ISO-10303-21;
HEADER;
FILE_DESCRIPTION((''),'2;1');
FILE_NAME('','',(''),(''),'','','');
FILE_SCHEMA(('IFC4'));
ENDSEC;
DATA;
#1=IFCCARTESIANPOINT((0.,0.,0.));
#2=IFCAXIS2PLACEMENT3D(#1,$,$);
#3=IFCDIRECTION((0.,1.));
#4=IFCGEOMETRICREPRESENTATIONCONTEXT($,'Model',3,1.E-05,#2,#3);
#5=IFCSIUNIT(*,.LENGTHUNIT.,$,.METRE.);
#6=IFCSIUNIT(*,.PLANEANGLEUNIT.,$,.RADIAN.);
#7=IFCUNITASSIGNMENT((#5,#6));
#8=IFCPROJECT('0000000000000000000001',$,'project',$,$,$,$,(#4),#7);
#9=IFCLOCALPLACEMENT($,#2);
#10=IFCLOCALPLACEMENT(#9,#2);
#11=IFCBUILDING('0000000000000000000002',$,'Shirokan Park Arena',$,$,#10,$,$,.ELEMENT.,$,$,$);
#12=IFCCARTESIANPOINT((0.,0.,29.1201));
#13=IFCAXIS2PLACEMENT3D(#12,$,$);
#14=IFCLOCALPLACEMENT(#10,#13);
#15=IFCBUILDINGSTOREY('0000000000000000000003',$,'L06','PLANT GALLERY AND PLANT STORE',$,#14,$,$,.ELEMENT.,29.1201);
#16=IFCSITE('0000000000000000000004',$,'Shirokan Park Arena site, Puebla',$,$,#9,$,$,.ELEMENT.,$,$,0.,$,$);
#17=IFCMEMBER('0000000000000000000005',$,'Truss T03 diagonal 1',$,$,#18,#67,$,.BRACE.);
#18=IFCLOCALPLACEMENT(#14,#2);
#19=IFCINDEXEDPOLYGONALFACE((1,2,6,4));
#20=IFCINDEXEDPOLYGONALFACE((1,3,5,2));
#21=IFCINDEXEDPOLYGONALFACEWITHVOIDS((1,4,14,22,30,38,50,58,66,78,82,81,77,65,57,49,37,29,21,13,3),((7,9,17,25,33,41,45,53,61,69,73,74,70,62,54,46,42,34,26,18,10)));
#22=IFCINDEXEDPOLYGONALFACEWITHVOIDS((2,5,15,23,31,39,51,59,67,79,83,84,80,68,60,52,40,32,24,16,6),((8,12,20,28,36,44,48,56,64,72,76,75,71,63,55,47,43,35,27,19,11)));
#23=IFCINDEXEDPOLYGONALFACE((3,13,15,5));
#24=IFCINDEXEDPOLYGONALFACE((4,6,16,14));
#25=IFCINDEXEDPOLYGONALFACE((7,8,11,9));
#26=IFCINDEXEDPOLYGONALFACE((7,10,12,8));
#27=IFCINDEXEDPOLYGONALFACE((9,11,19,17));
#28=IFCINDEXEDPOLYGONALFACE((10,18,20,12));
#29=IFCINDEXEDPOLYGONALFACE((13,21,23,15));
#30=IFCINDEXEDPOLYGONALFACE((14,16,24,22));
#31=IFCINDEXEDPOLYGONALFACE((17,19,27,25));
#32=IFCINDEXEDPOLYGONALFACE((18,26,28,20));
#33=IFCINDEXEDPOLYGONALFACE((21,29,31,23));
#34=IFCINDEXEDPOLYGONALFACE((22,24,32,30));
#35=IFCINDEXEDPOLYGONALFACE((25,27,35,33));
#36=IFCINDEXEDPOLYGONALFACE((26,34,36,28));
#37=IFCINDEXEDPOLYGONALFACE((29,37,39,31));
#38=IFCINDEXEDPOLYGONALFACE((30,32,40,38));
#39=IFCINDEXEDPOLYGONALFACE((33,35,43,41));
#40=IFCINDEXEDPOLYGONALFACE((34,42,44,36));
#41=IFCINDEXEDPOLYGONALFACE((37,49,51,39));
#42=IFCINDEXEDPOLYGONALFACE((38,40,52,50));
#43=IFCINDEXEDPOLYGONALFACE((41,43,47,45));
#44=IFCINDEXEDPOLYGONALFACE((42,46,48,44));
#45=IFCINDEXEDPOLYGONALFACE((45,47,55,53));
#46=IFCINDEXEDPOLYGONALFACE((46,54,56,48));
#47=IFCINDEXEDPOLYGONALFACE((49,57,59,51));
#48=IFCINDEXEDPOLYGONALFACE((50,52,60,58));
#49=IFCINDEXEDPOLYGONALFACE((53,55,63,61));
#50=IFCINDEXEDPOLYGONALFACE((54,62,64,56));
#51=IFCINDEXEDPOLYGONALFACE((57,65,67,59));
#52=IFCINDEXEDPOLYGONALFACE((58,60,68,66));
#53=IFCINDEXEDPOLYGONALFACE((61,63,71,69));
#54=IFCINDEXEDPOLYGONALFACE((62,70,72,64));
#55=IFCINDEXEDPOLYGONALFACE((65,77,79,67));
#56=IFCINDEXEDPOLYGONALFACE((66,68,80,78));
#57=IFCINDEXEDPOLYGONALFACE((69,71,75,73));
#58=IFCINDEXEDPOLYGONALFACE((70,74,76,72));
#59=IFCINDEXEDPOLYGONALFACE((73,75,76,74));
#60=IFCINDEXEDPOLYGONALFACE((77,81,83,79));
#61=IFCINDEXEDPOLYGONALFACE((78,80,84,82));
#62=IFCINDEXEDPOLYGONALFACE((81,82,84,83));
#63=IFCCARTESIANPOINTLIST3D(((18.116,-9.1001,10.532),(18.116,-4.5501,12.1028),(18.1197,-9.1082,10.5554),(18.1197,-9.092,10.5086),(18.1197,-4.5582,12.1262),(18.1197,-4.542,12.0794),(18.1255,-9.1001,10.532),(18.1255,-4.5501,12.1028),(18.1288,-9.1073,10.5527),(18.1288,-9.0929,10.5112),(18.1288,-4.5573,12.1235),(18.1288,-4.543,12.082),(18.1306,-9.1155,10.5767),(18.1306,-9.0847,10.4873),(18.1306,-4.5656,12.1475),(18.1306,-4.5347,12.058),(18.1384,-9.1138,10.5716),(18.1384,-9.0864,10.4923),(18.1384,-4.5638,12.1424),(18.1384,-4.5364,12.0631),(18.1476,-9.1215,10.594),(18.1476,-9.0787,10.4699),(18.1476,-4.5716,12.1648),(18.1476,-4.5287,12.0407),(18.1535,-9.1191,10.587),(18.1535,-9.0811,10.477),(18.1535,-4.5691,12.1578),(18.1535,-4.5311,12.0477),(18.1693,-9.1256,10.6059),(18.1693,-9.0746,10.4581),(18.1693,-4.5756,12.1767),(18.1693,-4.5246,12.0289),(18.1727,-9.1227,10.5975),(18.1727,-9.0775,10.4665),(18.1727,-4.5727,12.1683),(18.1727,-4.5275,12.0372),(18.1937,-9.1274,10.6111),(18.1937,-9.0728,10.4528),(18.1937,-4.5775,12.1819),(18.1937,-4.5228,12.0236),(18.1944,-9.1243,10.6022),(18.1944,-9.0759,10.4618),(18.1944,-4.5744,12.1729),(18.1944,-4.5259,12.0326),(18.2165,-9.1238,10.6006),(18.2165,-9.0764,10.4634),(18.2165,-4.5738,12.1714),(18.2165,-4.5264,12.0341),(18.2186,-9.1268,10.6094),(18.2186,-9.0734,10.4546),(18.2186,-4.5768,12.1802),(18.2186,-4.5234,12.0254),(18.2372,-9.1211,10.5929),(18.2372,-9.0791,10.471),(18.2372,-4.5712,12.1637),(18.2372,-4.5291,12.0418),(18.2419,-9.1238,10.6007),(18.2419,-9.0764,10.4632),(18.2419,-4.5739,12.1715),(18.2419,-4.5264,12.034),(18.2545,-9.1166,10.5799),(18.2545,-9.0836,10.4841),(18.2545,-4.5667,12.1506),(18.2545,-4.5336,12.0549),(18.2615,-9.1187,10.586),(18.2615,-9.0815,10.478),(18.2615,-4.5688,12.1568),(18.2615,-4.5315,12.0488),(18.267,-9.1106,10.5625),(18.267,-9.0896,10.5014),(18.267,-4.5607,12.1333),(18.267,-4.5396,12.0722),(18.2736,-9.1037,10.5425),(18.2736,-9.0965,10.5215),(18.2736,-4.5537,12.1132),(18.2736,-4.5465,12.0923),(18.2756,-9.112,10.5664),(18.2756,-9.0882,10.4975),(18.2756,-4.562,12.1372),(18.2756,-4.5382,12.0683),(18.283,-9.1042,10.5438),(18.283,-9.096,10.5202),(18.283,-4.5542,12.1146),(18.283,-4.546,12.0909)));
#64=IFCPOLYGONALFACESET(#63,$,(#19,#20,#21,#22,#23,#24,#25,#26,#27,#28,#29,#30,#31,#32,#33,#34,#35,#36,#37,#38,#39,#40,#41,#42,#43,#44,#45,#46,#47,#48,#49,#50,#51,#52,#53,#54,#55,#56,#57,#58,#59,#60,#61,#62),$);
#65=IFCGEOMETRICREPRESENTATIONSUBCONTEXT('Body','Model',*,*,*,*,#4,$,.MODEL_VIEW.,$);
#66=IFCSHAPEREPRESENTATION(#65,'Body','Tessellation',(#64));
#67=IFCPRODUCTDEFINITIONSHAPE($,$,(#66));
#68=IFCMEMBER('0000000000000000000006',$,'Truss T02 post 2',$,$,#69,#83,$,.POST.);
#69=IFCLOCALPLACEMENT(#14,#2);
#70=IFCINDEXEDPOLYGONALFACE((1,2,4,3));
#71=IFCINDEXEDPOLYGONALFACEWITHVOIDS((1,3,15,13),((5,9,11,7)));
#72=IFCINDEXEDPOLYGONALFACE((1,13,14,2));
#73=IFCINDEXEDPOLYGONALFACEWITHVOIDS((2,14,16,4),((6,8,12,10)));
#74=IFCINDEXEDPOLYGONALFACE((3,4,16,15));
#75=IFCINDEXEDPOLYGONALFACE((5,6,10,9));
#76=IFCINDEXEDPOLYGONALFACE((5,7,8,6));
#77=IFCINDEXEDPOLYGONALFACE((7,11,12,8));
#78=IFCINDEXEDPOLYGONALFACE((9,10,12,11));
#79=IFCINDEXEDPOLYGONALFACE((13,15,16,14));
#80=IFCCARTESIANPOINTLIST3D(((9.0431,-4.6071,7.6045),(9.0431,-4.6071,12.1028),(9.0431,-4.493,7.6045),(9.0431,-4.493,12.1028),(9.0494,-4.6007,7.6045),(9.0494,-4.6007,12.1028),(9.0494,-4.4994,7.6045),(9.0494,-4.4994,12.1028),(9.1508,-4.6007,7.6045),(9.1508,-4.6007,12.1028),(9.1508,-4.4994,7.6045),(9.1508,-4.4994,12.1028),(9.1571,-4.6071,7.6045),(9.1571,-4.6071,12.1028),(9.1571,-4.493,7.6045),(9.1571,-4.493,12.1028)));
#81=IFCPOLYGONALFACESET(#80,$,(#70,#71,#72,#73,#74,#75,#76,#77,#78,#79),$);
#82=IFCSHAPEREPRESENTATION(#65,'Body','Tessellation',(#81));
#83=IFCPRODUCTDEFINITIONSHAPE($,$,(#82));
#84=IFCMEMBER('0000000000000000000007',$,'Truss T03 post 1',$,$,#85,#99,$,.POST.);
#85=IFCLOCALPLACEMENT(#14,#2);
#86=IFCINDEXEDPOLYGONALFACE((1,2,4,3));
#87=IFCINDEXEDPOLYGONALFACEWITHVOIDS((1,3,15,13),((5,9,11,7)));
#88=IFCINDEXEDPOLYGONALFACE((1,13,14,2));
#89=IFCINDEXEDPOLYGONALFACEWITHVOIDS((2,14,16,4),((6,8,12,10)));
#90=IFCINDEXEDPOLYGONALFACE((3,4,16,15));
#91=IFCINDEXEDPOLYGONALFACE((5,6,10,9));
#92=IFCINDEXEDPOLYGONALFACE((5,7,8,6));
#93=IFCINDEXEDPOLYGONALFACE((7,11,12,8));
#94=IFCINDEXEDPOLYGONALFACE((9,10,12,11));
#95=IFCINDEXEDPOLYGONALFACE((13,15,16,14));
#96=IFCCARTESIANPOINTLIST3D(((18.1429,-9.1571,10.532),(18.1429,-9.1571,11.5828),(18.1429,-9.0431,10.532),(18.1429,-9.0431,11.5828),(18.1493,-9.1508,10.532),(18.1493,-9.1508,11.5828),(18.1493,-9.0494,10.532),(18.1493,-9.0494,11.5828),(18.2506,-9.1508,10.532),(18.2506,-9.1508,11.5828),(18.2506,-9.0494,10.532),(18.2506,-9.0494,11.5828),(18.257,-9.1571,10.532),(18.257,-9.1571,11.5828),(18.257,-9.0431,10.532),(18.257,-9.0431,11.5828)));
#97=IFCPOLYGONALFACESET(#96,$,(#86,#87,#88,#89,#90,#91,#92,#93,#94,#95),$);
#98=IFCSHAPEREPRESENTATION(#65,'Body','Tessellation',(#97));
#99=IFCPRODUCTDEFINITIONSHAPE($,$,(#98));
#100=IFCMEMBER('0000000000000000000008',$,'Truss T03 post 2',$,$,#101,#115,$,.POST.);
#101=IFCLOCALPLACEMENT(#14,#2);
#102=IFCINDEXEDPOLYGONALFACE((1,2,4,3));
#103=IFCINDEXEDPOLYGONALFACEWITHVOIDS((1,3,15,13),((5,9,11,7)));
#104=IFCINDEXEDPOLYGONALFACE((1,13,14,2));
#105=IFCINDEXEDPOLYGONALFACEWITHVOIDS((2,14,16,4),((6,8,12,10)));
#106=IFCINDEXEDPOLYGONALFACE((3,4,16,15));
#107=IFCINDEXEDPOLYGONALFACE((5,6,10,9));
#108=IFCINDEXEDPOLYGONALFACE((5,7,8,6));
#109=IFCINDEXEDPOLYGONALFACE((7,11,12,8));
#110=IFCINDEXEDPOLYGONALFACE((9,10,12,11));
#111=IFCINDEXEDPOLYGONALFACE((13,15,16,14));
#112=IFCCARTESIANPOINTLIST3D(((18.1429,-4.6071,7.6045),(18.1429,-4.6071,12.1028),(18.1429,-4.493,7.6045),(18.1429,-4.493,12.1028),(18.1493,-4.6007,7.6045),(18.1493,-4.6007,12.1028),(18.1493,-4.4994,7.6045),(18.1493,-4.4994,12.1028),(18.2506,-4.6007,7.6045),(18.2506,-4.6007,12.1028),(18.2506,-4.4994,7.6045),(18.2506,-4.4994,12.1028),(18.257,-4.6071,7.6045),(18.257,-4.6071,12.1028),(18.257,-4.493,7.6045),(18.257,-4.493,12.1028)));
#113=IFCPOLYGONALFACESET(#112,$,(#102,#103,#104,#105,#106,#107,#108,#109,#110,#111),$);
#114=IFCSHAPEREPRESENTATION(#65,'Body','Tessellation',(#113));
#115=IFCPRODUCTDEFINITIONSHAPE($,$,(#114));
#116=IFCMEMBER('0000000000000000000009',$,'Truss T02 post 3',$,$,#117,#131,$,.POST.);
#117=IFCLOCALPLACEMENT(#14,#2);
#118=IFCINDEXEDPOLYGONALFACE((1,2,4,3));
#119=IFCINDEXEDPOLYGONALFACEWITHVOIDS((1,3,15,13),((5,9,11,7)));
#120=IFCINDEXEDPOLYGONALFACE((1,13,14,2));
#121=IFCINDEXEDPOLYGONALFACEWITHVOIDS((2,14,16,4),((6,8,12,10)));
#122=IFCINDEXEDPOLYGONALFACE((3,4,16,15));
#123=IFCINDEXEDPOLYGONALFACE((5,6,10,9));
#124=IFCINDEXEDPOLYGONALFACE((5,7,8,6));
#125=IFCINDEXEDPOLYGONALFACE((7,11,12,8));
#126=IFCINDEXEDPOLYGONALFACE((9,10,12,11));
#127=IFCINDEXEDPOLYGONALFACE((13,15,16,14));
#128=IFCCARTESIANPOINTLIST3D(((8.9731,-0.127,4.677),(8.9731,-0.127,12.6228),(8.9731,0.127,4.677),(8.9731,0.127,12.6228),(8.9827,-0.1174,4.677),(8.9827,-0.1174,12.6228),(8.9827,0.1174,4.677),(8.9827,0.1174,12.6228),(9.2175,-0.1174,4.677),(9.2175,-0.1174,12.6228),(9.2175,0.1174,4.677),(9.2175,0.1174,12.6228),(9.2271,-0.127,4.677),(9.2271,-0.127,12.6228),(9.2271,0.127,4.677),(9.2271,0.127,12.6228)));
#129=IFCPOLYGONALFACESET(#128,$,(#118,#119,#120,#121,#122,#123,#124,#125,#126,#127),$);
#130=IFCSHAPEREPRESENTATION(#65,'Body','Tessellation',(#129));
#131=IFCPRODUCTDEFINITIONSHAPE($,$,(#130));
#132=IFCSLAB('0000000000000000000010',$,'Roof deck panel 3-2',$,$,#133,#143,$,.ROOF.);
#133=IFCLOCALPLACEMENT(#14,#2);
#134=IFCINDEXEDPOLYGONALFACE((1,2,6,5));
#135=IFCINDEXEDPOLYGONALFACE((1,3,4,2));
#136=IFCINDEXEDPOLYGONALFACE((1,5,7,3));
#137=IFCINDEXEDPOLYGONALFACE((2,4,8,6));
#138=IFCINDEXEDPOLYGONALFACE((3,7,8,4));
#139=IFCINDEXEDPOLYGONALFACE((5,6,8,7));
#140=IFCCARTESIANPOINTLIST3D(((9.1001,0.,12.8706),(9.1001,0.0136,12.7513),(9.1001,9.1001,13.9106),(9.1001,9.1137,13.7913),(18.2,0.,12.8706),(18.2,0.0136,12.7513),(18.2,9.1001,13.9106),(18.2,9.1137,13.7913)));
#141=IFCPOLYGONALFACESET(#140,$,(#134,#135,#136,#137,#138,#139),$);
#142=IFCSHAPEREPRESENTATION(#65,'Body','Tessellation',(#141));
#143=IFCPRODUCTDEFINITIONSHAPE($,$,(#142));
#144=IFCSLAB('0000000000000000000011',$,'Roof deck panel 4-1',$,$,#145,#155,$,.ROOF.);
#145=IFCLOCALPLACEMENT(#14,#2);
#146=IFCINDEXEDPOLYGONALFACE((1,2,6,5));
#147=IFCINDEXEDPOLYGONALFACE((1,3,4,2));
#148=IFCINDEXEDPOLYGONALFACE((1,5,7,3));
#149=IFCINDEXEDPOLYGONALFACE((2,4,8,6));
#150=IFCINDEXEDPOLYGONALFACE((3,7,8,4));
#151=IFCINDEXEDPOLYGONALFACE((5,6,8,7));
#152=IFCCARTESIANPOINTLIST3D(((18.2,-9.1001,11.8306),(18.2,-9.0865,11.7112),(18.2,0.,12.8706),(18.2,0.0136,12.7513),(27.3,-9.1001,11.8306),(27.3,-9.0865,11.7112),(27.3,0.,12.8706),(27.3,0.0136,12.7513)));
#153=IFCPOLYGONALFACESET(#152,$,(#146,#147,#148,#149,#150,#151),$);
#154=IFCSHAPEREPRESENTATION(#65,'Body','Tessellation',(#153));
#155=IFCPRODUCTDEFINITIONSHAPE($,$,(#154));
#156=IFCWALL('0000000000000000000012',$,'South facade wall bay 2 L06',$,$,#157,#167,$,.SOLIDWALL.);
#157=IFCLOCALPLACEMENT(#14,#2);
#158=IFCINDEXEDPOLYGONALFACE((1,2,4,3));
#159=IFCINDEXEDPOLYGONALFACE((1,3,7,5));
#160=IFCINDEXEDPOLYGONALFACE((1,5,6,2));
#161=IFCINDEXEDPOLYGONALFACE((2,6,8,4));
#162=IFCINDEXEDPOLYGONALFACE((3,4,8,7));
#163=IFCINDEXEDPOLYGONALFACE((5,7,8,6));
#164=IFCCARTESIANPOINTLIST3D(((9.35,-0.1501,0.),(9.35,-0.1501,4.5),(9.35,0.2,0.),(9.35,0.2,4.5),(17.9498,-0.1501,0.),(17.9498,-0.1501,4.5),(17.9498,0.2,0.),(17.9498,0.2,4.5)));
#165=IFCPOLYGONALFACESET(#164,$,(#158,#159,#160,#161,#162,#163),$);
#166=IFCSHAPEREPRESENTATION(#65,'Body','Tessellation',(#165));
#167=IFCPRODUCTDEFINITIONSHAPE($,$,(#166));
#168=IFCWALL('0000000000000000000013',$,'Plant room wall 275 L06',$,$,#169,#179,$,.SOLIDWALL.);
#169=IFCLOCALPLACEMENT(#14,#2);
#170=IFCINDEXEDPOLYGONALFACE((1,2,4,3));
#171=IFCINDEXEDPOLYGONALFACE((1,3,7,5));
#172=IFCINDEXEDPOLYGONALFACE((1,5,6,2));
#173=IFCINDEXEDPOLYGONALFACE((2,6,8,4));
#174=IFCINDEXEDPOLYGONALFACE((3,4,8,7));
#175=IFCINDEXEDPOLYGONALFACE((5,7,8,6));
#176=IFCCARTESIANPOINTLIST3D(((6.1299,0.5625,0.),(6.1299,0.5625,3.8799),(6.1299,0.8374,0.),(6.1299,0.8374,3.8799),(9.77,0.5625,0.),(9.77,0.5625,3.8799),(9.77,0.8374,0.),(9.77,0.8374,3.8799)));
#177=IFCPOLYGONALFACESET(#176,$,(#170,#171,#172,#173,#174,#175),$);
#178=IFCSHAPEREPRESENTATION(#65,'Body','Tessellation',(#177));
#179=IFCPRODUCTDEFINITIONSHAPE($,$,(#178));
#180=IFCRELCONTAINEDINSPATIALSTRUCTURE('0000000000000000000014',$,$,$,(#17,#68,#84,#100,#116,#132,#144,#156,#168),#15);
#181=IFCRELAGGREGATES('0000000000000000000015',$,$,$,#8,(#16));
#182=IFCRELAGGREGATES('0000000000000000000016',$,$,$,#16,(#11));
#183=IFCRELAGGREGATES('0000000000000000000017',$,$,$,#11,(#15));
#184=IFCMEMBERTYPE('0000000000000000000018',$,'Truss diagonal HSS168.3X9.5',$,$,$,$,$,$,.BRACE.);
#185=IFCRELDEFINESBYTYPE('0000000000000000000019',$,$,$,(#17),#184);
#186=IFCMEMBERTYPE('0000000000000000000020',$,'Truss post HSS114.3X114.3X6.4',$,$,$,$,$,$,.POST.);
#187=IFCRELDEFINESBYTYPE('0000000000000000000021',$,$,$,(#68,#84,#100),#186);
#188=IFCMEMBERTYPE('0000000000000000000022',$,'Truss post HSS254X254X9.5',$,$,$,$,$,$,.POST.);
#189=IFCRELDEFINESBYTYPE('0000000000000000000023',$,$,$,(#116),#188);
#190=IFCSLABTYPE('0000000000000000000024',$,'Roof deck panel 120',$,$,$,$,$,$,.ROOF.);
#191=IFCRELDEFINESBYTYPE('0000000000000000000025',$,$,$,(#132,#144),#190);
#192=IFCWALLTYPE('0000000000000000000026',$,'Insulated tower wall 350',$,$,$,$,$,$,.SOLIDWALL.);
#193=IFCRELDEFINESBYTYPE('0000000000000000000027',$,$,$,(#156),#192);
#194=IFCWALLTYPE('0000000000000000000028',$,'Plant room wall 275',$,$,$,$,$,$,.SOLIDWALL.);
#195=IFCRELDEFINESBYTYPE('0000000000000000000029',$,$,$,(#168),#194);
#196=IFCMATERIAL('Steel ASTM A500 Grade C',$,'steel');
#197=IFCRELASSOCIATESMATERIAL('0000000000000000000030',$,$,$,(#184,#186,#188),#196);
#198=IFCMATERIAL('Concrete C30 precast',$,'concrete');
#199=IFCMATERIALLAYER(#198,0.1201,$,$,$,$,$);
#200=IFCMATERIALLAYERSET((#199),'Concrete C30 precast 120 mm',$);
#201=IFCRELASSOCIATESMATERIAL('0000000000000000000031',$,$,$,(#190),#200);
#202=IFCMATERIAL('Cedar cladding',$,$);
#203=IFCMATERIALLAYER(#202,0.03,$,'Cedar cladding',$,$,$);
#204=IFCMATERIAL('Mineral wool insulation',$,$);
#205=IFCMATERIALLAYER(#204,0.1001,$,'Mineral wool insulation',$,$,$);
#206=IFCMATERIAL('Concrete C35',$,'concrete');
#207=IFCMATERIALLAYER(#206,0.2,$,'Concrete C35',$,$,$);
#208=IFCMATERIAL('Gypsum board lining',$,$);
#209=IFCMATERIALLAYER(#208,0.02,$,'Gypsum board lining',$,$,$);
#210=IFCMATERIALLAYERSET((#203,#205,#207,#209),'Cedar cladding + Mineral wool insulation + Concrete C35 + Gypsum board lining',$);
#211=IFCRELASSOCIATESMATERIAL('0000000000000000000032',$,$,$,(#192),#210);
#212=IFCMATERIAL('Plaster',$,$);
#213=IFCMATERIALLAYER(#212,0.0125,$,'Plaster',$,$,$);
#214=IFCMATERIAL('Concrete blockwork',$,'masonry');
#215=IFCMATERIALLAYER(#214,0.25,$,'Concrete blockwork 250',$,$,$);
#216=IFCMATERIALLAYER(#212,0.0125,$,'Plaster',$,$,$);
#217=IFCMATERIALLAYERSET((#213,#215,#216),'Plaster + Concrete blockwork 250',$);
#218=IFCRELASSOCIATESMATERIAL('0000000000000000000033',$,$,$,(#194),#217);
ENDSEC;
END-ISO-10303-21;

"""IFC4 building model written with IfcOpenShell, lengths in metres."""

from ifc_helpers import new_model, si_unit, direction, frame, frame_2d, origin, origin_2d, place, context, subcontext, project, spatial, polyline, rectangle, hollow_rectangle, hollow_circle, outline, extrude, material, layer, layer_set, material_profile, profile_set, type_object, element, save


model = new_model("IFC4")

# Units and contexts
model_context = context("Model", 3, precision=1e-05, world=origin(), true_north=direction((0.0, 1.0)))
body_context = subcontext(model_context, "Body", "Model", "MODEL_VIEW")
ifc_project = project(units=[si_unit("LENGTHUNIT", "METRE"), si_unit("PLANEANGLEUNIT", "RADIAN")], contexts=[model_context])

# Site, building, storey
site_placement = place(None, origin())
site = spatial("IfcSite", under=ifc_project, at=site_placement, Name="Shirokan Park Arena site, Puebla", CompositionType="ELEMENT", RefElevation=0.0)
building_placement = place(site_placement, origin())
building = spatial("IfcBuilding", under=site, at=building_placement, Name="Shirokan Park Arena", CompositionType="ELEMENT")
storey_placement = place(building_placement, frame((0.0, 0.0, 29.1201)))
storey = spatial("IfcBuildingStorey", under=building, at=storey_placement, Name="L06", Description="PLANT GALLERY AND PLANT STORE", CompositionType="ELEMENT", Elevation=29.1201)

# Shared definitions
ifc_material_1 = material(Name="Concrete C35", Category="concrete")

# Shared definitions
ifc_material_2 = material(Name="Steel ASTM A500 Grade C", Category="steel")

# Members
ifc_material_profile_1 = material_profile(ifc_material_2, hollow_circle(Radius=0.084, WallThickness=0.0095, at=origin_2d()), Name="HSS168.3X9.5")
ifc_profile_set_1 = profile_set([ifc_material_profile_1], Name="Steel ASTM A500 Grade C")
member_type_1 = type_object("IfcMemberType", Name="Truss diagonal HSS168.3X9.5", PredefinedType="BRACE", material=ifc_profile_set_1)
member_1_placement = place(storey_placement, frame((18.2, -9.1001, 10.532), z_axis=(0.0, 0.945256, 0.326328), x_axis=(-1.0, 0.0, 0.0)))
element("IfcMember", 1, at=member_1_placement, inside=storey, type_object=member_type_1, Name="Truss T03 diagonal 1", PredefinedType="BRACE", context=body_context, shape_type="SweptSolid", body=[
    extrude(hollow_circle(Radius=0.084, WallThickness=0.0095, at=origin_2d()), origin(), (0.0, 0.0, 1.0), 4.8135),
])
ifc_material_profile_2 = material_profile(ifc_material_2, hollow_rectangle(XDim=0.114, YDim=0.114, WallThickness=0.0063, at=origin_2d()), Name="HSS114.3X114.3X6.4")
ifc_profile_set_2 = profile_set([ifc_material_profile_2], Name="Steel ASTM A500 Grade C")
member_type_2 = type_object("IfcMemberType", Name="Truss post HSS114.3X114.3X6.4", PredefinedType="POST", material=ifc_profile_set_2)
member_2_placement = place(storey_placement, frame((9.1001, -4.55, 7.6045), z_axis=(0.0, 0.0, 1.0), x_axis=(1.0, 0.0, 0.0)))
element("IfcMember", 2, at=member_2_placement, inside=storey, type_object=member_type_2, Name="Truss T02 post 2", PredefinedType="POST", context=body_context, shape_type="SweptSolid", body=[
    extrude(hollow_rectangle(XDim=0.114, YDim=0.114, WallThickness=0.0063, at=origin_2d()), origin(), (0.0, 0.0, 1.0), 4.4983),
])
member_3_placement = place(storey_placement, frame((18.2, -9.1001, 10.532), z_axis=(0.0, 0.0, 1.0), x_axis=(1.0, 0.0, 0.0)))
element("IfcMember", 3, at=member_3_placement, inside=storey, type_object=member_type_2, Name="Truss T03 post 1", PredefinedType="POST", context=body_context, shape_type="SweptSolid", body=[
    extrude(hollow_rectangle(XDim=0.114, YDim=0.114, WallThickness=0.0063, at=origin_2d()), origin(), (0.0, 0.0, 1.0), 1.0508),
])
member_4_placement = place(storey_placement, frame((18.2, -4.55, 7.6045), z_axis=(0.0, 0.0, 1.0), x_axis=(1.0, 0.0, 0.0)))
element("IfcMember", 4, at=member_4_placement, inside=storey, type_object=member_type_2, Name="Truss T03 post 2", PredefinedType="POST", context=body_context, shape_type="SweptSolid", body=[
    extrude(hollow_rectangle(XDim=0.114, YDim=0.114, WallThickness=0.0063, at=origin_2d()), origin(), (0.0, 0.0, 1.0), 4.4983),
])
ifc_material_profile_3 = material_profile(ifc_material_2, hollow_rectangle(XDim=0.2539, YDim=0.2539, WallThickness=0.0095, at=origin_2d()), Name="HSS254X254X9.5")
ifc_profile_set_3 = profile_set([ifc_material_profile_3], Name="Steel ASTM A500 Grade C")
member_type_3 = type_object("IfcMemberType", Name="Truss post HSS254X254X9.5", PredefinedType="POST", material=ifc_profile_set_3)
member_5_placement = place(storey_placement, frame((9.1001, 0.0, 4.677), z_axis=(0.0, 0.0, 1.0), x_axis=(1.0, 0.0, 0.0)))
element("IfcMember", 5, at=member_5_placement, inside=storey, type_object=member_type_3, Name="Truss T02 post 3", PredefinedType="POST", context=body_context, shape_type="SweptSolid", body=[
    extrude(hollow_rectangle(XDim=0.2539, YDim=0.2539, WallThickness=0.0095, at=origin_2d()), origin(), (0.0, 0.0, 1.0), 7.9458),
])

# Slabs
ifc_material_3 = material(Name="Concrete C30 precast", Category="concrete")
ifc_layer_1 = layer(ifc_material_3, 0.1201)
ifc_layer_set_1 = layer_set([ifc_layer_1], Name="Concrete C30 precast 120 mm")
slab_type = type_object("IfcSlabType", Name="Roof deck panel 120", PredefinedType="ROOF", material=ifc_layer_set_1)
slab_1_placement = place(storey_placement, frame((9.1001, 0.0, 12.8706), z_axis=(0.0, -0.11355, 0.993532), x_axis=(1.0, 0.0, 0.0)))
element("IfcSlab", 6, at=slab_1_placement, inside=storey, type_object=slab_type, Name="Roof deck panel 3-2", PredefinedType="ROOF", context=body_context, shape_type="SweptSolid", body=[
    extrude(outline(polyline([(0.0, 0.0), (9.0999, 0.0), (9.0999, 9.1593), (0.0, 9.1593), (0.0, 0.0)])), origin(), (0.0, 0.0, -1.0), 0.1201),
])
slab_2_placement = place(storey_placement, frame((18.2, -9.1001, 11.8306), z_axis=(0.0, -0.11355, 0.993532), x_axis=(1.0, 0.0, 0.0)))
element("IfcSlab", 7, at=slab_2_placement, inside=storey, type_object=slab_type, Name="Roof deck panel 4-1", PredefinedType="ROOF", context=body_context, shape_type="SweptSolid", body=[
    extrude(outline(polyline([(0.0, 0.0), (9.1001, 0.0), (9.1001, 9.1593), (0.0, 9.1593), (0.0, 0.0)])), origin(), (0.0, 0.0, -1.0), 0.1201),
])

# Walls
ifc_material_4 = material(Name="Cedar cladding")
ifc_layer_2 = layer(ifc_material_4, 0.03, Name="Cedar cladding")
ifc_material_5 = material(Name="Mineral wool insulation")
ifc_layer_3 = layer(ifc_material_5, 0.1001, Name="Mineral wool insulation")
ifc_layer_4 = layer(ifc_material_1, 0.2, Name="Concrete C35")
ifc_material_6 = material(Name="Gypsum board lining")
ifc_layer_5 = layer(ifc_material_6, 0.02, Name="Gypsum board lining")
ifc_layer_set_2 = layer_set([ifc_layer_2, ifc_layer_3, ifc_layer_4, ifc_layer_5], Name="Cedar cladding + Mineral wool insulation + Concrete C35 + Gypsum board lining")
wall_type_1 = type_object("IfcWallType", Name="Insulated tower wall 350", PredefinedType="SOLIDWALL", material=ifc_layer_set_2)
wall_1_placement = place(storey_placement, frame((9.3501, 0.0249, 0.0), z_axis=(0.0, 0.0, 1.0), x_axis=(1.0, 0.0, 0.0)))
element("IfcWall", 8, at=wall_1_placement, inside=storey, type_object=wall_type_1, Name="South facade wall bay 2 L06", PredefinedType="SOLIDWALL", context=body_context, shape_type="SweptSolid", body=[
    extrude(rectangle(XDim=8.5999, YDim=0.3501, at=frame_2d((4.2998, 0.0))), origin(), (0.0, 0.0, 1.0), 4.5),
])
ifc_material_7 = material(Name="Plaster")
ifc_layer_6 = layer(ifc_material_7, 0.0125, Name="Plaster")
ifc_material_8 = material(Name="Concrete blockwork", Category="masonry")
ifc_layer_7 = layer(ifc_material_8, 0.25, Name="Concrete blockwork 250")
ifc_layer_8 = layer(ifc_material_7, 0.0125, Name="Plaster")
ifc_layer_set_3 = layer_set([ifc_layer_6, ifc_layer_7, ifc_layer_8], Name="Plaster + Concrete blockwork 250")
wall_type_2 = type_object("IfcWallType", Name="Plant room wall 275", PredefinedType="SOLIDWALL", material=ifc_layer_set_3)
wall_2_placement = place(storey_placement, frame((9.77, 0.7, 0.0), z_axis=(0.0, 0.0, 1.0), x_axis=(-1.0, 0.0, 0.0)))
element("IfcWall", 9, at=wall_2_placement, inside=storey, type_object=wall_type_2, Name="Plant room wall 275 L06", PredefinedType="SOLIDWALL", context=body_context, shape_type="SweptSolid", body=[
    extrude(rectangle(XDim=3.6401, YDim=0.2749, at=frame_2d((1.8201, 0.0))), origin(), (0.0, 0.0, 1.0), 3.8799),
])

save(model, "model.ifc")
